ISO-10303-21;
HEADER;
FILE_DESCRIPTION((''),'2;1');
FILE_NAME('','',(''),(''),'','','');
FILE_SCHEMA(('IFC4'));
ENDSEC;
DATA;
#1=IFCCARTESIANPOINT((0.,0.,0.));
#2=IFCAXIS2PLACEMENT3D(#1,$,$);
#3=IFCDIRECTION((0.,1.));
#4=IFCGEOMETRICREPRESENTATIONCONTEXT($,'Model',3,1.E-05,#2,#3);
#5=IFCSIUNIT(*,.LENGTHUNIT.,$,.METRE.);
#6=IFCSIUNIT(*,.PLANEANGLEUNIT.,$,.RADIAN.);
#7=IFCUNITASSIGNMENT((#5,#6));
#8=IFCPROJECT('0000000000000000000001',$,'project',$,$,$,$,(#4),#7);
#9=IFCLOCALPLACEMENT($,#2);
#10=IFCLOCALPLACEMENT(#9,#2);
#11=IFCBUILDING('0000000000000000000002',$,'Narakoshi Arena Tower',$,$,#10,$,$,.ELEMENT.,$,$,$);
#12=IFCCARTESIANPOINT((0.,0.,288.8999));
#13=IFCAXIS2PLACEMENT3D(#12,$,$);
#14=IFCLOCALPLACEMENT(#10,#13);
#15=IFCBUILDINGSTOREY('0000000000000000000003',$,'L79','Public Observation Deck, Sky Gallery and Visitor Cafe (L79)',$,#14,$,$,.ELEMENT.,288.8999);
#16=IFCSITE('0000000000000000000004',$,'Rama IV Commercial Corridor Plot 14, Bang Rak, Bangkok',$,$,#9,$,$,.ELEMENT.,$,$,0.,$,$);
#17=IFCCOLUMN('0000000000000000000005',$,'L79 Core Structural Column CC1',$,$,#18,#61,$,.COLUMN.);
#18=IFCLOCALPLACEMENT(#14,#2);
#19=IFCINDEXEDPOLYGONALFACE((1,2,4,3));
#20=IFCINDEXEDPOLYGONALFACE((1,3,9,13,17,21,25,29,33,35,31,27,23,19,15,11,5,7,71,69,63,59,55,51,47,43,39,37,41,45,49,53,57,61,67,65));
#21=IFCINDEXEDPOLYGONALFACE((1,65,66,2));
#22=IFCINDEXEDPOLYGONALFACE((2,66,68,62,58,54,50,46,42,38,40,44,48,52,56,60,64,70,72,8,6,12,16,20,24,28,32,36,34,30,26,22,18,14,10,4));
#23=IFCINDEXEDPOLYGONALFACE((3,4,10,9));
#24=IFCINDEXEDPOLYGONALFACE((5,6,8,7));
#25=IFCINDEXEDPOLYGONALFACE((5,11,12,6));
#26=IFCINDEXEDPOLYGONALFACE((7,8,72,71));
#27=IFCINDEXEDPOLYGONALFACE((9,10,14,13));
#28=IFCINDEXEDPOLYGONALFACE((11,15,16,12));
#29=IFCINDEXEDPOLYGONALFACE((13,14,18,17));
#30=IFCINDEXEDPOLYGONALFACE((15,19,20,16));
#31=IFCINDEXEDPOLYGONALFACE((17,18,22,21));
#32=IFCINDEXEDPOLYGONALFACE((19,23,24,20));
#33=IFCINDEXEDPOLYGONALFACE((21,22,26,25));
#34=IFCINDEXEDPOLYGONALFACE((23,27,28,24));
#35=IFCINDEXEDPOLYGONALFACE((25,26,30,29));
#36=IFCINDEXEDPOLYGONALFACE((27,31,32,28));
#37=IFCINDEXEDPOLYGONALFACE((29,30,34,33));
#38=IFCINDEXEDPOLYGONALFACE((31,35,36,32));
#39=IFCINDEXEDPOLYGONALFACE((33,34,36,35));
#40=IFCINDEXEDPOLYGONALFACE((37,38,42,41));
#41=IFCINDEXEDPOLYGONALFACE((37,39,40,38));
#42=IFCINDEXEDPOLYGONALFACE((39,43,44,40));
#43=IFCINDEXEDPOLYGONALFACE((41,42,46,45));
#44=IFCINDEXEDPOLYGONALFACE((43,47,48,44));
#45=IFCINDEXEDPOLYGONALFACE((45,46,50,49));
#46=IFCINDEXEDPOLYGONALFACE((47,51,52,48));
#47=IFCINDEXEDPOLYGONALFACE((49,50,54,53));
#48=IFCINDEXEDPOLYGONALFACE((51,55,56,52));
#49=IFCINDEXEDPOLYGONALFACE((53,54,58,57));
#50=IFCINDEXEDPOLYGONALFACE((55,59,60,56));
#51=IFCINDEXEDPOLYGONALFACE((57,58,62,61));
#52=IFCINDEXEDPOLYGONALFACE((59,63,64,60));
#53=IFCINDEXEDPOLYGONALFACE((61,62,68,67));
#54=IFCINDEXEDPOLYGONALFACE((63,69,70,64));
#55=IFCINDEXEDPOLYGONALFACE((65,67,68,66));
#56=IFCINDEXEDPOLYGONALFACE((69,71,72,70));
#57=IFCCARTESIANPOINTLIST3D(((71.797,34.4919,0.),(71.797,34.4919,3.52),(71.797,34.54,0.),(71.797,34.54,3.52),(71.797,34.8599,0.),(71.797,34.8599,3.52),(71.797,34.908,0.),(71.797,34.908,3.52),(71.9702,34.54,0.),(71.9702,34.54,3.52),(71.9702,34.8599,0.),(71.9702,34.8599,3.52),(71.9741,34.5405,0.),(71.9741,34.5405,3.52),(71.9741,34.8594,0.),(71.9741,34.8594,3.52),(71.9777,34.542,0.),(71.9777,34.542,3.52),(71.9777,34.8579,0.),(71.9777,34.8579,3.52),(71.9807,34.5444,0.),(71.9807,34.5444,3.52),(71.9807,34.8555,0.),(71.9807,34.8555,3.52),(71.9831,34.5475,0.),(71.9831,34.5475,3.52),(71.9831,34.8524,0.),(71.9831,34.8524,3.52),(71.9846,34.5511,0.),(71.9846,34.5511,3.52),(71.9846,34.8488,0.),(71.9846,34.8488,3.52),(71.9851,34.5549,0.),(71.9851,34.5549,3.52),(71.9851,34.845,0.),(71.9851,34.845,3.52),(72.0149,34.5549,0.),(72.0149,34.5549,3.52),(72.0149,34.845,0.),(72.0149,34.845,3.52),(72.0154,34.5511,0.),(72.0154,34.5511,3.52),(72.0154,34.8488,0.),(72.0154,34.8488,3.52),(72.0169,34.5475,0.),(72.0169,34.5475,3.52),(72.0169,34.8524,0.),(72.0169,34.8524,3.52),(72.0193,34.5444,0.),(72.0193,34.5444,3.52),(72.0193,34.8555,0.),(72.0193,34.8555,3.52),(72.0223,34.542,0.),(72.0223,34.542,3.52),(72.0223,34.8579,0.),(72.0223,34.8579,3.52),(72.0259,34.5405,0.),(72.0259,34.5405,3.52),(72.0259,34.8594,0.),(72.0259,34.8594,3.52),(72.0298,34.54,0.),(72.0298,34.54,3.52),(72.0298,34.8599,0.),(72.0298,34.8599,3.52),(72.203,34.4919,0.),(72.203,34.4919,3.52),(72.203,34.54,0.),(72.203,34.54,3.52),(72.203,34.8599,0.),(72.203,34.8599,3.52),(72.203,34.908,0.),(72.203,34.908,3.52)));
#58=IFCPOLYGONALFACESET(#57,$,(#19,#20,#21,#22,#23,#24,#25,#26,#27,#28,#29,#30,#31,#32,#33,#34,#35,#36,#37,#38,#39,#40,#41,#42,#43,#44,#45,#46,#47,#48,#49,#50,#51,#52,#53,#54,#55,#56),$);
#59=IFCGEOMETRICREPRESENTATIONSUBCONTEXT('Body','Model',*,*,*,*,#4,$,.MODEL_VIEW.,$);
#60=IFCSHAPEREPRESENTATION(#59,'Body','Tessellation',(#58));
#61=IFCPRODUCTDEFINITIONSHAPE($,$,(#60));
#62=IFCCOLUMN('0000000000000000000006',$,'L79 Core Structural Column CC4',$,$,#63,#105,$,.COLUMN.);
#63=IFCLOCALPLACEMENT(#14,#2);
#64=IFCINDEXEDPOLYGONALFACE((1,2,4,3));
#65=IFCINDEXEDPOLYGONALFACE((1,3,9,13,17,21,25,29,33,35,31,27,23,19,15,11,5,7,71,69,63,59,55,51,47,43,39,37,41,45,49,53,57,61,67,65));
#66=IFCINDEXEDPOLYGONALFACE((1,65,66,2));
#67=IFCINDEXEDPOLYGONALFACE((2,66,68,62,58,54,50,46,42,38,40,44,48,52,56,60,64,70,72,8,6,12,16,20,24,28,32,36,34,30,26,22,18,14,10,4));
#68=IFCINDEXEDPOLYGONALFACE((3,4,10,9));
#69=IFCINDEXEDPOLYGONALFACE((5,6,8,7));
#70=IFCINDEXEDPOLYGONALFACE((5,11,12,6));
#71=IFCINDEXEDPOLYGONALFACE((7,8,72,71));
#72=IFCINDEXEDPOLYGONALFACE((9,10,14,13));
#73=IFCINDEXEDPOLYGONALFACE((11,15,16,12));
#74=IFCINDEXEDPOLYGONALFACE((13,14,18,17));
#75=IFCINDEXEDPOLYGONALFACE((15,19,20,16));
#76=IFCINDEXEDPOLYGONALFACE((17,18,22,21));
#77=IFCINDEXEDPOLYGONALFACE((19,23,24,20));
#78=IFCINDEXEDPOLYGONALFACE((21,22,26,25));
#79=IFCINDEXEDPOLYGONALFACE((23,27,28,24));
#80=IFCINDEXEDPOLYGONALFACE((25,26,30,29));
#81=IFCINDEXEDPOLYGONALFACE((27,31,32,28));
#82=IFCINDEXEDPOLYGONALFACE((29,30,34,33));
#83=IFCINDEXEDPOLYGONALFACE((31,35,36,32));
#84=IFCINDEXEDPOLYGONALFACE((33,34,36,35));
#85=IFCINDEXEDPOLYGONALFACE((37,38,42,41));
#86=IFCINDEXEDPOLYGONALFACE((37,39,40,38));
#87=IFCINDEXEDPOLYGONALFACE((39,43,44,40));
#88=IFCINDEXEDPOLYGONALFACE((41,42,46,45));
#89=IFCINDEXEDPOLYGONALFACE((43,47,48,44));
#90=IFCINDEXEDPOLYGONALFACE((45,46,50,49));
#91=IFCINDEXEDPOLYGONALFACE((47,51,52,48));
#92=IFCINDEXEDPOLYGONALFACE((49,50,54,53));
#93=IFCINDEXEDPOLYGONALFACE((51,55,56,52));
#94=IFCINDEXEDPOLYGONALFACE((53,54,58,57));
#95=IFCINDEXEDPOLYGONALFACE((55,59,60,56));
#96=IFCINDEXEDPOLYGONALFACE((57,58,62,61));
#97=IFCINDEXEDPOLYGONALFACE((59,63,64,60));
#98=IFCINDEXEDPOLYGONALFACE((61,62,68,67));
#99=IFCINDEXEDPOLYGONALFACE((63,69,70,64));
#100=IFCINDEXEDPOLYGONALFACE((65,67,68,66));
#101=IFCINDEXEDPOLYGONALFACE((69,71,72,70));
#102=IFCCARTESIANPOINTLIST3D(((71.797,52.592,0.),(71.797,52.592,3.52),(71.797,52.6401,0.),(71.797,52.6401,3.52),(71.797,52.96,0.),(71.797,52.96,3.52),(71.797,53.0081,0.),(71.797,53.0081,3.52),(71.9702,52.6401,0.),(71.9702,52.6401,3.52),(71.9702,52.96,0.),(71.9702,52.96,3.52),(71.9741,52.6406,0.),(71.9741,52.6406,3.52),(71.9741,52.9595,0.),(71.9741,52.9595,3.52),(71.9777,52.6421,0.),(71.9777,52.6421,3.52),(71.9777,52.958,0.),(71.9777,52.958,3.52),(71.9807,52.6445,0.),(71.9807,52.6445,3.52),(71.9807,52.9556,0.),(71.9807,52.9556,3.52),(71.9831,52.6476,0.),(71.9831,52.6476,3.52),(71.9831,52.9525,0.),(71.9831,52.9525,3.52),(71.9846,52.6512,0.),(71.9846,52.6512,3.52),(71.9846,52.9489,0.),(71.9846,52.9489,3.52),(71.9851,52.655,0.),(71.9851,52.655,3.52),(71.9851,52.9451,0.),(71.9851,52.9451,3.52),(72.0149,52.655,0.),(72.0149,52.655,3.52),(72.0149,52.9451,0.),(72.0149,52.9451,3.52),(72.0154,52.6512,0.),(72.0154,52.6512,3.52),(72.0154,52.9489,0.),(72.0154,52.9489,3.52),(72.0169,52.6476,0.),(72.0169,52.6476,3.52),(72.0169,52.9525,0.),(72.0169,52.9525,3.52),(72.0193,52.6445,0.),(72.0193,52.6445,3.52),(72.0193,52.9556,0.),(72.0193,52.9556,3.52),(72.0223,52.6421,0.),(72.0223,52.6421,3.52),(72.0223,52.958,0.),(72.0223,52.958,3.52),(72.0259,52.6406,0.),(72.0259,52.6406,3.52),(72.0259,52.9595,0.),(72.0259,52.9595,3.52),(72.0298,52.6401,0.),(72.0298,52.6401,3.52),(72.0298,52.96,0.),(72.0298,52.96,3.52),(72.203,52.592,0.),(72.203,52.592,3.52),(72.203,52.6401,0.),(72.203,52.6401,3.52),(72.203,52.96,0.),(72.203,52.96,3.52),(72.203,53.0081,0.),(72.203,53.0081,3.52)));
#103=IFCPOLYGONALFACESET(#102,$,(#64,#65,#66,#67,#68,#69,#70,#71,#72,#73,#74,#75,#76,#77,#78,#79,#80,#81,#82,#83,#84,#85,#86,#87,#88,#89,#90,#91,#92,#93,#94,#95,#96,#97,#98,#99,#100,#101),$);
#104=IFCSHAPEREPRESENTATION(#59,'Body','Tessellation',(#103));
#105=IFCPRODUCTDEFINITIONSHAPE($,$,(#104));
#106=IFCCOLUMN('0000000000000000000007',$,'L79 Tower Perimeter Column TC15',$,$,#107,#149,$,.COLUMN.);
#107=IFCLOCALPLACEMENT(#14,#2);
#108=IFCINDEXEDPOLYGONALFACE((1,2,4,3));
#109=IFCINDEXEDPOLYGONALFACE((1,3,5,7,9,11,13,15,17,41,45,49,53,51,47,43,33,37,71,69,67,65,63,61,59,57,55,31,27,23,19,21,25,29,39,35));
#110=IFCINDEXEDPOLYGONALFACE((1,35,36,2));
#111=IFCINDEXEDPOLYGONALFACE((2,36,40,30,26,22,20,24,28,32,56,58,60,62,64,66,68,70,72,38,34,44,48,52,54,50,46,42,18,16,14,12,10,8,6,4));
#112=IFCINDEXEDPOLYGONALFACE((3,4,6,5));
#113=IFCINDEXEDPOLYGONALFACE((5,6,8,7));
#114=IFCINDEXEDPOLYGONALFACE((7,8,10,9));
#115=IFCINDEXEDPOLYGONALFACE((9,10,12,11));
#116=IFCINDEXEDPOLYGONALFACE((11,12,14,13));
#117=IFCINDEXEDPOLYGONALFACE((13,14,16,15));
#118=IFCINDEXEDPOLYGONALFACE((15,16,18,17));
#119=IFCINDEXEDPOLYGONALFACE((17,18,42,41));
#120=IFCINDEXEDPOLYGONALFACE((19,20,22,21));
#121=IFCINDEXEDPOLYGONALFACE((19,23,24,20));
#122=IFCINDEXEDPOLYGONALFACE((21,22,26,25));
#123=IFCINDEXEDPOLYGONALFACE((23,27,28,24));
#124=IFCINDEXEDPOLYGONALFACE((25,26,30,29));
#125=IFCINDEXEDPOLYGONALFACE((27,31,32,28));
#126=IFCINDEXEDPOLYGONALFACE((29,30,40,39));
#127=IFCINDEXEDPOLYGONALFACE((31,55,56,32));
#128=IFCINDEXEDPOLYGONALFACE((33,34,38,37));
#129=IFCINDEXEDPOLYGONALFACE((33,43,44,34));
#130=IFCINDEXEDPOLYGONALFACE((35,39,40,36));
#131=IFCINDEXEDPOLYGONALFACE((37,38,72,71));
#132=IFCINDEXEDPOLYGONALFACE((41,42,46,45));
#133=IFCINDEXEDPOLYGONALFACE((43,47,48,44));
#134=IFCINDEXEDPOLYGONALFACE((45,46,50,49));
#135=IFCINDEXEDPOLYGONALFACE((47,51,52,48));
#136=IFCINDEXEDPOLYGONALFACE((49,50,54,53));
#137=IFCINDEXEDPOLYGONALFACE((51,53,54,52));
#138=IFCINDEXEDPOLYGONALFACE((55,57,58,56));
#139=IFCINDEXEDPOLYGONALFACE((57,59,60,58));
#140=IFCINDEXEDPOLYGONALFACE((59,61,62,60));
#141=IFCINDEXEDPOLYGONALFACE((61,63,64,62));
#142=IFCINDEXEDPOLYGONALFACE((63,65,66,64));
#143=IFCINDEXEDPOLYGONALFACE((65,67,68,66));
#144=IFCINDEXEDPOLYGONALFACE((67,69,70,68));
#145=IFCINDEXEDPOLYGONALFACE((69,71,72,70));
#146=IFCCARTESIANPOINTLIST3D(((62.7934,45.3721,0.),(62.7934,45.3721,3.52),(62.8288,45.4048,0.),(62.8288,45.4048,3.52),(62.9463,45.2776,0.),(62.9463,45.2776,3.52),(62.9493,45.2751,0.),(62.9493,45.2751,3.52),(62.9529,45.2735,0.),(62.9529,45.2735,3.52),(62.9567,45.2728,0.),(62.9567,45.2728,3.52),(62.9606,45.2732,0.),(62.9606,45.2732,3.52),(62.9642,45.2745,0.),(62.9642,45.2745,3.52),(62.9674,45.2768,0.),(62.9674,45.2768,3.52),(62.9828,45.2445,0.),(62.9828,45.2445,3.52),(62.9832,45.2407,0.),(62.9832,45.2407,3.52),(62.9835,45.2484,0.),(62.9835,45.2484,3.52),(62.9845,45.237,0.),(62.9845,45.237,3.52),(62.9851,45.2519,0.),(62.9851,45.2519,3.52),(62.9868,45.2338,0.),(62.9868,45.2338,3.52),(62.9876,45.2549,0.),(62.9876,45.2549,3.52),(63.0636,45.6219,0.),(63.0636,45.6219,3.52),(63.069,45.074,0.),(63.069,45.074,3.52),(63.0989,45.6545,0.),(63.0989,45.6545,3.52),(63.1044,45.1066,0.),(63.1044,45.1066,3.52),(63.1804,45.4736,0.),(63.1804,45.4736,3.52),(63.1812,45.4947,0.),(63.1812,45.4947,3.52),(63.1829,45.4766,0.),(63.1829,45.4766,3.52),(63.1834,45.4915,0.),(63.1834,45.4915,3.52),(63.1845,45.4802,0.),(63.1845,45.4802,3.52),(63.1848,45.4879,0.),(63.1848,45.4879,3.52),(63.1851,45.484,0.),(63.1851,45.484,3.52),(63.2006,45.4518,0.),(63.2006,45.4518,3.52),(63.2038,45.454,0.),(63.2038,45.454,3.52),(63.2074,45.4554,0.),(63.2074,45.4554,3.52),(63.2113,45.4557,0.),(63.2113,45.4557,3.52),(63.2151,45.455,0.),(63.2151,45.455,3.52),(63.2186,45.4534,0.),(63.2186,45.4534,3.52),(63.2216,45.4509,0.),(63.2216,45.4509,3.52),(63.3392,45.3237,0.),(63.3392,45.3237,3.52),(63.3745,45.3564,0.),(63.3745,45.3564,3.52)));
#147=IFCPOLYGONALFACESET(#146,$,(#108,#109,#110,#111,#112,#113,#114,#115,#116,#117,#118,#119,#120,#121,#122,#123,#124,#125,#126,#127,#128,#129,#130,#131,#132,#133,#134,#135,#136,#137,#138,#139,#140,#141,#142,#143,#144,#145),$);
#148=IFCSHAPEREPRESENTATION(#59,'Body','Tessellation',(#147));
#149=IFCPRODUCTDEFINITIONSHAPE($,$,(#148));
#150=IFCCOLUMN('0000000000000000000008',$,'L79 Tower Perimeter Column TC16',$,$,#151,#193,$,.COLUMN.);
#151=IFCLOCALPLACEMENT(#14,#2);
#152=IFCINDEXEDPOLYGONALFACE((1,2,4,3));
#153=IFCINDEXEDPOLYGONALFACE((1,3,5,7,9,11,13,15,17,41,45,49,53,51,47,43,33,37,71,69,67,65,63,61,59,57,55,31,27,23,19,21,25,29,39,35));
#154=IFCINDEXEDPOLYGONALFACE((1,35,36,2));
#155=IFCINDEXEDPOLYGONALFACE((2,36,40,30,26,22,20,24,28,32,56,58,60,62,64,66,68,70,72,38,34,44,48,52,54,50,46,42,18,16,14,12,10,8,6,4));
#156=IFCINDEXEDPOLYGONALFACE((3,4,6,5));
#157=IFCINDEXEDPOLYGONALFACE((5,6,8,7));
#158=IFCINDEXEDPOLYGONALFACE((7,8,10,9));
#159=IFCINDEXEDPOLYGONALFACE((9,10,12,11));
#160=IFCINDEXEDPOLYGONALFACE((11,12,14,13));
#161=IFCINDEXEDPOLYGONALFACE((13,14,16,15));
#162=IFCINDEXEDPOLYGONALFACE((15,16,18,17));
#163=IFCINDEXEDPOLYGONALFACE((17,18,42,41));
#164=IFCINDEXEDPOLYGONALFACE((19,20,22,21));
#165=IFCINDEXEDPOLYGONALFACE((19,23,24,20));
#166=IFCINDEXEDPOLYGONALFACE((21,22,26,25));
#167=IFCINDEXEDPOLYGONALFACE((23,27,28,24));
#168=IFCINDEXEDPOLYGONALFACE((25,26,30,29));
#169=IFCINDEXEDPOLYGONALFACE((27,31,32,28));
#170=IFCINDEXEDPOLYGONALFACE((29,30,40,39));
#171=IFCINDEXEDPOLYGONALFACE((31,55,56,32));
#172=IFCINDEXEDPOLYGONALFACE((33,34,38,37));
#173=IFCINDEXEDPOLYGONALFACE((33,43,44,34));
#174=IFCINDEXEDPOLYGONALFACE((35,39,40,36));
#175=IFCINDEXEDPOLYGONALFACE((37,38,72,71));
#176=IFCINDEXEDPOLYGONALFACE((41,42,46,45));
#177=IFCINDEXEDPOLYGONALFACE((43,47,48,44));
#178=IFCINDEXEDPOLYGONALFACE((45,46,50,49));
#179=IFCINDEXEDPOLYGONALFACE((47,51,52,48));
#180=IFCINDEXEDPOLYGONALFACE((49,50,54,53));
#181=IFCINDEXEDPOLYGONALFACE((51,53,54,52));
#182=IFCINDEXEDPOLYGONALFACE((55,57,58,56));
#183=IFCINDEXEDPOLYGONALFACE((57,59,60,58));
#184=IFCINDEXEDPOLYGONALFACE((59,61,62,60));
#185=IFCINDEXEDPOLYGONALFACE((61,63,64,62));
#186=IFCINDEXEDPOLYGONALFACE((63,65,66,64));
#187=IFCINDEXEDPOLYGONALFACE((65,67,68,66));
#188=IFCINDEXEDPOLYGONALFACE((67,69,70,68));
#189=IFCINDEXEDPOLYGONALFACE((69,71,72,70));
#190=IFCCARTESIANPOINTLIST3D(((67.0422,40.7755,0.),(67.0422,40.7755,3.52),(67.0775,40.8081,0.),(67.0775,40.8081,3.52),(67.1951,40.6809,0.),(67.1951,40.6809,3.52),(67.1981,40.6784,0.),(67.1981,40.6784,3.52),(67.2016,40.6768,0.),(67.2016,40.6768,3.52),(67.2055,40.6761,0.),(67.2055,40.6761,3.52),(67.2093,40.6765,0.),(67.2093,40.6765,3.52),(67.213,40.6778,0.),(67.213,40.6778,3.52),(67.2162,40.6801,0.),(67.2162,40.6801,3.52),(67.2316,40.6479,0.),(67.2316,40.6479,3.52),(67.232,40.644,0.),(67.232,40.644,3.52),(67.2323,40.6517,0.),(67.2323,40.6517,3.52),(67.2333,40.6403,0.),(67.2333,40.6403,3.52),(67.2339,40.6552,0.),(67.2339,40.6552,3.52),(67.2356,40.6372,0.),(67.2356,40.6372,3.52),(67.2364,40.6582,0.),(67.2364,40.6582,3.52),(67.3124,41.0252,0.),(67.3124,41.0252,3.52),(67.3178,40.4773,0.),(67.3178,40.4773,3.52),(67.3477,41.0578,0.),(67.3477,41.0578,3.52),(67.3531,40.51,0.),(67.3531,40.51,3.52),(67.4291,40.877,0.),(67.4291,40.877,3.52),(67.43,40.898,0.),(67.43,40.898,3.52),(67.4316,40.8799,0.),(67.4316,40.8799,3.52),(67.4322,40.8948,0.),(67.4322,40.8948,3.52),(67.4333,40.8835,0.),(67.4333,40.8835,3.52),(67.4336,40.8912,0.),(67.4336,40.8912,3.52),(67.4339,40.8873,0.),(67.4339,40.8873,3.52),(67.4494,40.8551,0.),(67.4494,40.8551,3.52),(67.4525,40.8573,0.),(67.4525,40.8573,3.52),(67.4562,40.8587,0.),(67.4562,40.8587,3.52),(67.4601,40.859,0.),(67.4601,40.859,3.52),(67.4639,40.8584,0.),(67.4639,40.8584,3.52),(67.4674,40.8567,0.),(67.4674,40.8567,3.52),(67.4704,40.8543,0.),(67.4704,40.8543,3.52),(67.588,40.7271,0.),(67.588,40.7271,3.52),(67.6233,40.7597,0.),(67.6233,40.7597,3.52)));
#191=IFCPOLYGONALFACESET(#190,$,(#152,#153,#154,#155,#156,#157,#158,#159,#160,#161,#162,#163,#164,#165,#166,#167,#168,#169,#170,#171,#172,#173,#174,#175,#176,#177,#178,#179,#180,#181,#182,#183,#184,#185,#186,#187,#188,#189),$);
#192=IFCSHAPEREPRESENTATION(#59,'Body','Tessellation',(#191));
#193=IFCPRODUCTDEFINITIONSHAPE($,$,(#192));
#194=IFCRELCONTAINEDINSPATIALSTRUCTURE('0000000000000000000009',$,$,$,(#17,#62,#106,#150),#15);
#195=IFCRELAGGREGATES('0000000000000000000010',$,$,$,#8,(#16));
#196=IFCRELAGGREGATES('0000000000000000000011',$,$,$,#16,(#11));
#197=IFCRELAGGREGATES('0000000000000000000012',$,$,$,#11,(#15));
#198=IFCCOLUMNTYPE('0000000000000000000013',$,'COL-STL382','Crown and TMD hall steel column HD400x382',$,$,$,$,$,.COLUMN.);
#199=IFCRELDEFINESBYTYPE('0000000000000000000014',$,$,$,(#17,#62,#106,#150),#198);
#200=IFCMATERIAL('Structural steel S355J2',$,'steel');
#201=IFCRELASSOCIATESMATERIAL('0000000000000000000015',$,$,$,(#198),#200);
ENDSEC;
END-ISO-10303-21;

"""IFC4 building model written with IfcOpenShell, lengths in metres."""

from ifc_helpers import new_model, si_unit, direction, frame, origin, origin_2d, place, context, subcontext, project, spatial, i_section, extrude, material, material_profile, profile_set, type_object, element, save


model = new_model("IFC4")

# Units and contexts
model_context = context("Model", 3, precision=1e-05, world=origin(), true_north=direction((0.0, 1.0)))
body_context = subcontext(model_context, "Body", "Model", "MODEL_VIEW")
ifc_project = project(units=[si_unit("LENGTHUNIT", "METRE"), si_unit("PLANEANGLEUNIT", "RADIAN")], contexts=[model_context])

# Site, building, storey
site_placement = place(None, origin())
site = spatial("IfcSite", under=ifc_project, at=site_placement, Name="Rama IV Commercial Corridor Plot 14, Bang Rak, Bangkok", CompositionType="ELEMENT", RefElevation=0.0)
building_placement = place(site_placement, origin())
building = spatial("IfcBuilding", under=site, at=building_placement, Name="Narakoshi Arena Tower", CompositionType="ELEMENT")
storey_placement = place(building_placement, frame((0.0, 0.0, 288.8999)))
storey = spatial("IfcBuildingStorey", under=building, at=storey_placement, Name="L79", Description="Public Observation Deck, Sky Gallery and Visitor Cafe (L79)", CompositionType="ELEMENT", Elevation=288.8999)

# Columns
ifc_material_1 = material(Name="Structural steel S355J2", Category="steel")
ifc_material_profile_1 = material_profile(ifc_material_1, i_section(OverallWidth=0.406, OverallDepth=0.416, WebThickness=0.0298, FlangeThickness=0.0481, FilletRadius=0.0149, at=origin_2d()), Name="HD400x382")
ifc_profile_set_1 = profile_set([ifc_material_profile_1], Name="Structural steel S355J2")
column_type = type_object("IfcColumnType", Name="COL-STL382", Description="Crown and TMD hall steel column HD400x382", PredefinedType="COLUMN", material=ifc_profile_set_1)
for number, where, z_axis, x_axis, name in (
    (1, (72.0, 34.7, 0.0), (0.0, 0.0, 1.0), (1.0, 0.0, 0.0), "L79 Core Structural Column CC1"),
    (2, (72.0, 52.8, 0.0), (0.0, 0.0, 1.0), (1.0, 0.0, 0.0), "L79 Core Structural Column CC4"),
    (3, (63.084, 45.3643, 0.0), (0.0, 0.0, 1.0), (-0.678801, 0.734323, 0.0), "L79 Tower Perimeter Column TC15"),
    (4, (67.3328, 40.7676, 0.0), (0.0, 0.0, 1.0), (-0.678801, 0.734323, 0.0), "L79 Tower Perimeter Column TC16"),
):
    element("IfcColumn", number, at=place(storey_placement, frame(where, z_axis=z_axis, x_axis=x_axis)), inside=storey, type_object=column_type, Name=name, PredefinedType="COLUMN", context=body_context, shape_type="SweptSolid", body=[
        extrude(i_section(OverallWidth=0.406, OverallDepth=0.416, WebThickness=0.0298, FlangeThickness=0.0481, FilletRadius=0.0149, at=origin_2d()), origin(), (0.0, 0.0, 1.0), 3.52),
    ])

save(model, "model.ifc")
